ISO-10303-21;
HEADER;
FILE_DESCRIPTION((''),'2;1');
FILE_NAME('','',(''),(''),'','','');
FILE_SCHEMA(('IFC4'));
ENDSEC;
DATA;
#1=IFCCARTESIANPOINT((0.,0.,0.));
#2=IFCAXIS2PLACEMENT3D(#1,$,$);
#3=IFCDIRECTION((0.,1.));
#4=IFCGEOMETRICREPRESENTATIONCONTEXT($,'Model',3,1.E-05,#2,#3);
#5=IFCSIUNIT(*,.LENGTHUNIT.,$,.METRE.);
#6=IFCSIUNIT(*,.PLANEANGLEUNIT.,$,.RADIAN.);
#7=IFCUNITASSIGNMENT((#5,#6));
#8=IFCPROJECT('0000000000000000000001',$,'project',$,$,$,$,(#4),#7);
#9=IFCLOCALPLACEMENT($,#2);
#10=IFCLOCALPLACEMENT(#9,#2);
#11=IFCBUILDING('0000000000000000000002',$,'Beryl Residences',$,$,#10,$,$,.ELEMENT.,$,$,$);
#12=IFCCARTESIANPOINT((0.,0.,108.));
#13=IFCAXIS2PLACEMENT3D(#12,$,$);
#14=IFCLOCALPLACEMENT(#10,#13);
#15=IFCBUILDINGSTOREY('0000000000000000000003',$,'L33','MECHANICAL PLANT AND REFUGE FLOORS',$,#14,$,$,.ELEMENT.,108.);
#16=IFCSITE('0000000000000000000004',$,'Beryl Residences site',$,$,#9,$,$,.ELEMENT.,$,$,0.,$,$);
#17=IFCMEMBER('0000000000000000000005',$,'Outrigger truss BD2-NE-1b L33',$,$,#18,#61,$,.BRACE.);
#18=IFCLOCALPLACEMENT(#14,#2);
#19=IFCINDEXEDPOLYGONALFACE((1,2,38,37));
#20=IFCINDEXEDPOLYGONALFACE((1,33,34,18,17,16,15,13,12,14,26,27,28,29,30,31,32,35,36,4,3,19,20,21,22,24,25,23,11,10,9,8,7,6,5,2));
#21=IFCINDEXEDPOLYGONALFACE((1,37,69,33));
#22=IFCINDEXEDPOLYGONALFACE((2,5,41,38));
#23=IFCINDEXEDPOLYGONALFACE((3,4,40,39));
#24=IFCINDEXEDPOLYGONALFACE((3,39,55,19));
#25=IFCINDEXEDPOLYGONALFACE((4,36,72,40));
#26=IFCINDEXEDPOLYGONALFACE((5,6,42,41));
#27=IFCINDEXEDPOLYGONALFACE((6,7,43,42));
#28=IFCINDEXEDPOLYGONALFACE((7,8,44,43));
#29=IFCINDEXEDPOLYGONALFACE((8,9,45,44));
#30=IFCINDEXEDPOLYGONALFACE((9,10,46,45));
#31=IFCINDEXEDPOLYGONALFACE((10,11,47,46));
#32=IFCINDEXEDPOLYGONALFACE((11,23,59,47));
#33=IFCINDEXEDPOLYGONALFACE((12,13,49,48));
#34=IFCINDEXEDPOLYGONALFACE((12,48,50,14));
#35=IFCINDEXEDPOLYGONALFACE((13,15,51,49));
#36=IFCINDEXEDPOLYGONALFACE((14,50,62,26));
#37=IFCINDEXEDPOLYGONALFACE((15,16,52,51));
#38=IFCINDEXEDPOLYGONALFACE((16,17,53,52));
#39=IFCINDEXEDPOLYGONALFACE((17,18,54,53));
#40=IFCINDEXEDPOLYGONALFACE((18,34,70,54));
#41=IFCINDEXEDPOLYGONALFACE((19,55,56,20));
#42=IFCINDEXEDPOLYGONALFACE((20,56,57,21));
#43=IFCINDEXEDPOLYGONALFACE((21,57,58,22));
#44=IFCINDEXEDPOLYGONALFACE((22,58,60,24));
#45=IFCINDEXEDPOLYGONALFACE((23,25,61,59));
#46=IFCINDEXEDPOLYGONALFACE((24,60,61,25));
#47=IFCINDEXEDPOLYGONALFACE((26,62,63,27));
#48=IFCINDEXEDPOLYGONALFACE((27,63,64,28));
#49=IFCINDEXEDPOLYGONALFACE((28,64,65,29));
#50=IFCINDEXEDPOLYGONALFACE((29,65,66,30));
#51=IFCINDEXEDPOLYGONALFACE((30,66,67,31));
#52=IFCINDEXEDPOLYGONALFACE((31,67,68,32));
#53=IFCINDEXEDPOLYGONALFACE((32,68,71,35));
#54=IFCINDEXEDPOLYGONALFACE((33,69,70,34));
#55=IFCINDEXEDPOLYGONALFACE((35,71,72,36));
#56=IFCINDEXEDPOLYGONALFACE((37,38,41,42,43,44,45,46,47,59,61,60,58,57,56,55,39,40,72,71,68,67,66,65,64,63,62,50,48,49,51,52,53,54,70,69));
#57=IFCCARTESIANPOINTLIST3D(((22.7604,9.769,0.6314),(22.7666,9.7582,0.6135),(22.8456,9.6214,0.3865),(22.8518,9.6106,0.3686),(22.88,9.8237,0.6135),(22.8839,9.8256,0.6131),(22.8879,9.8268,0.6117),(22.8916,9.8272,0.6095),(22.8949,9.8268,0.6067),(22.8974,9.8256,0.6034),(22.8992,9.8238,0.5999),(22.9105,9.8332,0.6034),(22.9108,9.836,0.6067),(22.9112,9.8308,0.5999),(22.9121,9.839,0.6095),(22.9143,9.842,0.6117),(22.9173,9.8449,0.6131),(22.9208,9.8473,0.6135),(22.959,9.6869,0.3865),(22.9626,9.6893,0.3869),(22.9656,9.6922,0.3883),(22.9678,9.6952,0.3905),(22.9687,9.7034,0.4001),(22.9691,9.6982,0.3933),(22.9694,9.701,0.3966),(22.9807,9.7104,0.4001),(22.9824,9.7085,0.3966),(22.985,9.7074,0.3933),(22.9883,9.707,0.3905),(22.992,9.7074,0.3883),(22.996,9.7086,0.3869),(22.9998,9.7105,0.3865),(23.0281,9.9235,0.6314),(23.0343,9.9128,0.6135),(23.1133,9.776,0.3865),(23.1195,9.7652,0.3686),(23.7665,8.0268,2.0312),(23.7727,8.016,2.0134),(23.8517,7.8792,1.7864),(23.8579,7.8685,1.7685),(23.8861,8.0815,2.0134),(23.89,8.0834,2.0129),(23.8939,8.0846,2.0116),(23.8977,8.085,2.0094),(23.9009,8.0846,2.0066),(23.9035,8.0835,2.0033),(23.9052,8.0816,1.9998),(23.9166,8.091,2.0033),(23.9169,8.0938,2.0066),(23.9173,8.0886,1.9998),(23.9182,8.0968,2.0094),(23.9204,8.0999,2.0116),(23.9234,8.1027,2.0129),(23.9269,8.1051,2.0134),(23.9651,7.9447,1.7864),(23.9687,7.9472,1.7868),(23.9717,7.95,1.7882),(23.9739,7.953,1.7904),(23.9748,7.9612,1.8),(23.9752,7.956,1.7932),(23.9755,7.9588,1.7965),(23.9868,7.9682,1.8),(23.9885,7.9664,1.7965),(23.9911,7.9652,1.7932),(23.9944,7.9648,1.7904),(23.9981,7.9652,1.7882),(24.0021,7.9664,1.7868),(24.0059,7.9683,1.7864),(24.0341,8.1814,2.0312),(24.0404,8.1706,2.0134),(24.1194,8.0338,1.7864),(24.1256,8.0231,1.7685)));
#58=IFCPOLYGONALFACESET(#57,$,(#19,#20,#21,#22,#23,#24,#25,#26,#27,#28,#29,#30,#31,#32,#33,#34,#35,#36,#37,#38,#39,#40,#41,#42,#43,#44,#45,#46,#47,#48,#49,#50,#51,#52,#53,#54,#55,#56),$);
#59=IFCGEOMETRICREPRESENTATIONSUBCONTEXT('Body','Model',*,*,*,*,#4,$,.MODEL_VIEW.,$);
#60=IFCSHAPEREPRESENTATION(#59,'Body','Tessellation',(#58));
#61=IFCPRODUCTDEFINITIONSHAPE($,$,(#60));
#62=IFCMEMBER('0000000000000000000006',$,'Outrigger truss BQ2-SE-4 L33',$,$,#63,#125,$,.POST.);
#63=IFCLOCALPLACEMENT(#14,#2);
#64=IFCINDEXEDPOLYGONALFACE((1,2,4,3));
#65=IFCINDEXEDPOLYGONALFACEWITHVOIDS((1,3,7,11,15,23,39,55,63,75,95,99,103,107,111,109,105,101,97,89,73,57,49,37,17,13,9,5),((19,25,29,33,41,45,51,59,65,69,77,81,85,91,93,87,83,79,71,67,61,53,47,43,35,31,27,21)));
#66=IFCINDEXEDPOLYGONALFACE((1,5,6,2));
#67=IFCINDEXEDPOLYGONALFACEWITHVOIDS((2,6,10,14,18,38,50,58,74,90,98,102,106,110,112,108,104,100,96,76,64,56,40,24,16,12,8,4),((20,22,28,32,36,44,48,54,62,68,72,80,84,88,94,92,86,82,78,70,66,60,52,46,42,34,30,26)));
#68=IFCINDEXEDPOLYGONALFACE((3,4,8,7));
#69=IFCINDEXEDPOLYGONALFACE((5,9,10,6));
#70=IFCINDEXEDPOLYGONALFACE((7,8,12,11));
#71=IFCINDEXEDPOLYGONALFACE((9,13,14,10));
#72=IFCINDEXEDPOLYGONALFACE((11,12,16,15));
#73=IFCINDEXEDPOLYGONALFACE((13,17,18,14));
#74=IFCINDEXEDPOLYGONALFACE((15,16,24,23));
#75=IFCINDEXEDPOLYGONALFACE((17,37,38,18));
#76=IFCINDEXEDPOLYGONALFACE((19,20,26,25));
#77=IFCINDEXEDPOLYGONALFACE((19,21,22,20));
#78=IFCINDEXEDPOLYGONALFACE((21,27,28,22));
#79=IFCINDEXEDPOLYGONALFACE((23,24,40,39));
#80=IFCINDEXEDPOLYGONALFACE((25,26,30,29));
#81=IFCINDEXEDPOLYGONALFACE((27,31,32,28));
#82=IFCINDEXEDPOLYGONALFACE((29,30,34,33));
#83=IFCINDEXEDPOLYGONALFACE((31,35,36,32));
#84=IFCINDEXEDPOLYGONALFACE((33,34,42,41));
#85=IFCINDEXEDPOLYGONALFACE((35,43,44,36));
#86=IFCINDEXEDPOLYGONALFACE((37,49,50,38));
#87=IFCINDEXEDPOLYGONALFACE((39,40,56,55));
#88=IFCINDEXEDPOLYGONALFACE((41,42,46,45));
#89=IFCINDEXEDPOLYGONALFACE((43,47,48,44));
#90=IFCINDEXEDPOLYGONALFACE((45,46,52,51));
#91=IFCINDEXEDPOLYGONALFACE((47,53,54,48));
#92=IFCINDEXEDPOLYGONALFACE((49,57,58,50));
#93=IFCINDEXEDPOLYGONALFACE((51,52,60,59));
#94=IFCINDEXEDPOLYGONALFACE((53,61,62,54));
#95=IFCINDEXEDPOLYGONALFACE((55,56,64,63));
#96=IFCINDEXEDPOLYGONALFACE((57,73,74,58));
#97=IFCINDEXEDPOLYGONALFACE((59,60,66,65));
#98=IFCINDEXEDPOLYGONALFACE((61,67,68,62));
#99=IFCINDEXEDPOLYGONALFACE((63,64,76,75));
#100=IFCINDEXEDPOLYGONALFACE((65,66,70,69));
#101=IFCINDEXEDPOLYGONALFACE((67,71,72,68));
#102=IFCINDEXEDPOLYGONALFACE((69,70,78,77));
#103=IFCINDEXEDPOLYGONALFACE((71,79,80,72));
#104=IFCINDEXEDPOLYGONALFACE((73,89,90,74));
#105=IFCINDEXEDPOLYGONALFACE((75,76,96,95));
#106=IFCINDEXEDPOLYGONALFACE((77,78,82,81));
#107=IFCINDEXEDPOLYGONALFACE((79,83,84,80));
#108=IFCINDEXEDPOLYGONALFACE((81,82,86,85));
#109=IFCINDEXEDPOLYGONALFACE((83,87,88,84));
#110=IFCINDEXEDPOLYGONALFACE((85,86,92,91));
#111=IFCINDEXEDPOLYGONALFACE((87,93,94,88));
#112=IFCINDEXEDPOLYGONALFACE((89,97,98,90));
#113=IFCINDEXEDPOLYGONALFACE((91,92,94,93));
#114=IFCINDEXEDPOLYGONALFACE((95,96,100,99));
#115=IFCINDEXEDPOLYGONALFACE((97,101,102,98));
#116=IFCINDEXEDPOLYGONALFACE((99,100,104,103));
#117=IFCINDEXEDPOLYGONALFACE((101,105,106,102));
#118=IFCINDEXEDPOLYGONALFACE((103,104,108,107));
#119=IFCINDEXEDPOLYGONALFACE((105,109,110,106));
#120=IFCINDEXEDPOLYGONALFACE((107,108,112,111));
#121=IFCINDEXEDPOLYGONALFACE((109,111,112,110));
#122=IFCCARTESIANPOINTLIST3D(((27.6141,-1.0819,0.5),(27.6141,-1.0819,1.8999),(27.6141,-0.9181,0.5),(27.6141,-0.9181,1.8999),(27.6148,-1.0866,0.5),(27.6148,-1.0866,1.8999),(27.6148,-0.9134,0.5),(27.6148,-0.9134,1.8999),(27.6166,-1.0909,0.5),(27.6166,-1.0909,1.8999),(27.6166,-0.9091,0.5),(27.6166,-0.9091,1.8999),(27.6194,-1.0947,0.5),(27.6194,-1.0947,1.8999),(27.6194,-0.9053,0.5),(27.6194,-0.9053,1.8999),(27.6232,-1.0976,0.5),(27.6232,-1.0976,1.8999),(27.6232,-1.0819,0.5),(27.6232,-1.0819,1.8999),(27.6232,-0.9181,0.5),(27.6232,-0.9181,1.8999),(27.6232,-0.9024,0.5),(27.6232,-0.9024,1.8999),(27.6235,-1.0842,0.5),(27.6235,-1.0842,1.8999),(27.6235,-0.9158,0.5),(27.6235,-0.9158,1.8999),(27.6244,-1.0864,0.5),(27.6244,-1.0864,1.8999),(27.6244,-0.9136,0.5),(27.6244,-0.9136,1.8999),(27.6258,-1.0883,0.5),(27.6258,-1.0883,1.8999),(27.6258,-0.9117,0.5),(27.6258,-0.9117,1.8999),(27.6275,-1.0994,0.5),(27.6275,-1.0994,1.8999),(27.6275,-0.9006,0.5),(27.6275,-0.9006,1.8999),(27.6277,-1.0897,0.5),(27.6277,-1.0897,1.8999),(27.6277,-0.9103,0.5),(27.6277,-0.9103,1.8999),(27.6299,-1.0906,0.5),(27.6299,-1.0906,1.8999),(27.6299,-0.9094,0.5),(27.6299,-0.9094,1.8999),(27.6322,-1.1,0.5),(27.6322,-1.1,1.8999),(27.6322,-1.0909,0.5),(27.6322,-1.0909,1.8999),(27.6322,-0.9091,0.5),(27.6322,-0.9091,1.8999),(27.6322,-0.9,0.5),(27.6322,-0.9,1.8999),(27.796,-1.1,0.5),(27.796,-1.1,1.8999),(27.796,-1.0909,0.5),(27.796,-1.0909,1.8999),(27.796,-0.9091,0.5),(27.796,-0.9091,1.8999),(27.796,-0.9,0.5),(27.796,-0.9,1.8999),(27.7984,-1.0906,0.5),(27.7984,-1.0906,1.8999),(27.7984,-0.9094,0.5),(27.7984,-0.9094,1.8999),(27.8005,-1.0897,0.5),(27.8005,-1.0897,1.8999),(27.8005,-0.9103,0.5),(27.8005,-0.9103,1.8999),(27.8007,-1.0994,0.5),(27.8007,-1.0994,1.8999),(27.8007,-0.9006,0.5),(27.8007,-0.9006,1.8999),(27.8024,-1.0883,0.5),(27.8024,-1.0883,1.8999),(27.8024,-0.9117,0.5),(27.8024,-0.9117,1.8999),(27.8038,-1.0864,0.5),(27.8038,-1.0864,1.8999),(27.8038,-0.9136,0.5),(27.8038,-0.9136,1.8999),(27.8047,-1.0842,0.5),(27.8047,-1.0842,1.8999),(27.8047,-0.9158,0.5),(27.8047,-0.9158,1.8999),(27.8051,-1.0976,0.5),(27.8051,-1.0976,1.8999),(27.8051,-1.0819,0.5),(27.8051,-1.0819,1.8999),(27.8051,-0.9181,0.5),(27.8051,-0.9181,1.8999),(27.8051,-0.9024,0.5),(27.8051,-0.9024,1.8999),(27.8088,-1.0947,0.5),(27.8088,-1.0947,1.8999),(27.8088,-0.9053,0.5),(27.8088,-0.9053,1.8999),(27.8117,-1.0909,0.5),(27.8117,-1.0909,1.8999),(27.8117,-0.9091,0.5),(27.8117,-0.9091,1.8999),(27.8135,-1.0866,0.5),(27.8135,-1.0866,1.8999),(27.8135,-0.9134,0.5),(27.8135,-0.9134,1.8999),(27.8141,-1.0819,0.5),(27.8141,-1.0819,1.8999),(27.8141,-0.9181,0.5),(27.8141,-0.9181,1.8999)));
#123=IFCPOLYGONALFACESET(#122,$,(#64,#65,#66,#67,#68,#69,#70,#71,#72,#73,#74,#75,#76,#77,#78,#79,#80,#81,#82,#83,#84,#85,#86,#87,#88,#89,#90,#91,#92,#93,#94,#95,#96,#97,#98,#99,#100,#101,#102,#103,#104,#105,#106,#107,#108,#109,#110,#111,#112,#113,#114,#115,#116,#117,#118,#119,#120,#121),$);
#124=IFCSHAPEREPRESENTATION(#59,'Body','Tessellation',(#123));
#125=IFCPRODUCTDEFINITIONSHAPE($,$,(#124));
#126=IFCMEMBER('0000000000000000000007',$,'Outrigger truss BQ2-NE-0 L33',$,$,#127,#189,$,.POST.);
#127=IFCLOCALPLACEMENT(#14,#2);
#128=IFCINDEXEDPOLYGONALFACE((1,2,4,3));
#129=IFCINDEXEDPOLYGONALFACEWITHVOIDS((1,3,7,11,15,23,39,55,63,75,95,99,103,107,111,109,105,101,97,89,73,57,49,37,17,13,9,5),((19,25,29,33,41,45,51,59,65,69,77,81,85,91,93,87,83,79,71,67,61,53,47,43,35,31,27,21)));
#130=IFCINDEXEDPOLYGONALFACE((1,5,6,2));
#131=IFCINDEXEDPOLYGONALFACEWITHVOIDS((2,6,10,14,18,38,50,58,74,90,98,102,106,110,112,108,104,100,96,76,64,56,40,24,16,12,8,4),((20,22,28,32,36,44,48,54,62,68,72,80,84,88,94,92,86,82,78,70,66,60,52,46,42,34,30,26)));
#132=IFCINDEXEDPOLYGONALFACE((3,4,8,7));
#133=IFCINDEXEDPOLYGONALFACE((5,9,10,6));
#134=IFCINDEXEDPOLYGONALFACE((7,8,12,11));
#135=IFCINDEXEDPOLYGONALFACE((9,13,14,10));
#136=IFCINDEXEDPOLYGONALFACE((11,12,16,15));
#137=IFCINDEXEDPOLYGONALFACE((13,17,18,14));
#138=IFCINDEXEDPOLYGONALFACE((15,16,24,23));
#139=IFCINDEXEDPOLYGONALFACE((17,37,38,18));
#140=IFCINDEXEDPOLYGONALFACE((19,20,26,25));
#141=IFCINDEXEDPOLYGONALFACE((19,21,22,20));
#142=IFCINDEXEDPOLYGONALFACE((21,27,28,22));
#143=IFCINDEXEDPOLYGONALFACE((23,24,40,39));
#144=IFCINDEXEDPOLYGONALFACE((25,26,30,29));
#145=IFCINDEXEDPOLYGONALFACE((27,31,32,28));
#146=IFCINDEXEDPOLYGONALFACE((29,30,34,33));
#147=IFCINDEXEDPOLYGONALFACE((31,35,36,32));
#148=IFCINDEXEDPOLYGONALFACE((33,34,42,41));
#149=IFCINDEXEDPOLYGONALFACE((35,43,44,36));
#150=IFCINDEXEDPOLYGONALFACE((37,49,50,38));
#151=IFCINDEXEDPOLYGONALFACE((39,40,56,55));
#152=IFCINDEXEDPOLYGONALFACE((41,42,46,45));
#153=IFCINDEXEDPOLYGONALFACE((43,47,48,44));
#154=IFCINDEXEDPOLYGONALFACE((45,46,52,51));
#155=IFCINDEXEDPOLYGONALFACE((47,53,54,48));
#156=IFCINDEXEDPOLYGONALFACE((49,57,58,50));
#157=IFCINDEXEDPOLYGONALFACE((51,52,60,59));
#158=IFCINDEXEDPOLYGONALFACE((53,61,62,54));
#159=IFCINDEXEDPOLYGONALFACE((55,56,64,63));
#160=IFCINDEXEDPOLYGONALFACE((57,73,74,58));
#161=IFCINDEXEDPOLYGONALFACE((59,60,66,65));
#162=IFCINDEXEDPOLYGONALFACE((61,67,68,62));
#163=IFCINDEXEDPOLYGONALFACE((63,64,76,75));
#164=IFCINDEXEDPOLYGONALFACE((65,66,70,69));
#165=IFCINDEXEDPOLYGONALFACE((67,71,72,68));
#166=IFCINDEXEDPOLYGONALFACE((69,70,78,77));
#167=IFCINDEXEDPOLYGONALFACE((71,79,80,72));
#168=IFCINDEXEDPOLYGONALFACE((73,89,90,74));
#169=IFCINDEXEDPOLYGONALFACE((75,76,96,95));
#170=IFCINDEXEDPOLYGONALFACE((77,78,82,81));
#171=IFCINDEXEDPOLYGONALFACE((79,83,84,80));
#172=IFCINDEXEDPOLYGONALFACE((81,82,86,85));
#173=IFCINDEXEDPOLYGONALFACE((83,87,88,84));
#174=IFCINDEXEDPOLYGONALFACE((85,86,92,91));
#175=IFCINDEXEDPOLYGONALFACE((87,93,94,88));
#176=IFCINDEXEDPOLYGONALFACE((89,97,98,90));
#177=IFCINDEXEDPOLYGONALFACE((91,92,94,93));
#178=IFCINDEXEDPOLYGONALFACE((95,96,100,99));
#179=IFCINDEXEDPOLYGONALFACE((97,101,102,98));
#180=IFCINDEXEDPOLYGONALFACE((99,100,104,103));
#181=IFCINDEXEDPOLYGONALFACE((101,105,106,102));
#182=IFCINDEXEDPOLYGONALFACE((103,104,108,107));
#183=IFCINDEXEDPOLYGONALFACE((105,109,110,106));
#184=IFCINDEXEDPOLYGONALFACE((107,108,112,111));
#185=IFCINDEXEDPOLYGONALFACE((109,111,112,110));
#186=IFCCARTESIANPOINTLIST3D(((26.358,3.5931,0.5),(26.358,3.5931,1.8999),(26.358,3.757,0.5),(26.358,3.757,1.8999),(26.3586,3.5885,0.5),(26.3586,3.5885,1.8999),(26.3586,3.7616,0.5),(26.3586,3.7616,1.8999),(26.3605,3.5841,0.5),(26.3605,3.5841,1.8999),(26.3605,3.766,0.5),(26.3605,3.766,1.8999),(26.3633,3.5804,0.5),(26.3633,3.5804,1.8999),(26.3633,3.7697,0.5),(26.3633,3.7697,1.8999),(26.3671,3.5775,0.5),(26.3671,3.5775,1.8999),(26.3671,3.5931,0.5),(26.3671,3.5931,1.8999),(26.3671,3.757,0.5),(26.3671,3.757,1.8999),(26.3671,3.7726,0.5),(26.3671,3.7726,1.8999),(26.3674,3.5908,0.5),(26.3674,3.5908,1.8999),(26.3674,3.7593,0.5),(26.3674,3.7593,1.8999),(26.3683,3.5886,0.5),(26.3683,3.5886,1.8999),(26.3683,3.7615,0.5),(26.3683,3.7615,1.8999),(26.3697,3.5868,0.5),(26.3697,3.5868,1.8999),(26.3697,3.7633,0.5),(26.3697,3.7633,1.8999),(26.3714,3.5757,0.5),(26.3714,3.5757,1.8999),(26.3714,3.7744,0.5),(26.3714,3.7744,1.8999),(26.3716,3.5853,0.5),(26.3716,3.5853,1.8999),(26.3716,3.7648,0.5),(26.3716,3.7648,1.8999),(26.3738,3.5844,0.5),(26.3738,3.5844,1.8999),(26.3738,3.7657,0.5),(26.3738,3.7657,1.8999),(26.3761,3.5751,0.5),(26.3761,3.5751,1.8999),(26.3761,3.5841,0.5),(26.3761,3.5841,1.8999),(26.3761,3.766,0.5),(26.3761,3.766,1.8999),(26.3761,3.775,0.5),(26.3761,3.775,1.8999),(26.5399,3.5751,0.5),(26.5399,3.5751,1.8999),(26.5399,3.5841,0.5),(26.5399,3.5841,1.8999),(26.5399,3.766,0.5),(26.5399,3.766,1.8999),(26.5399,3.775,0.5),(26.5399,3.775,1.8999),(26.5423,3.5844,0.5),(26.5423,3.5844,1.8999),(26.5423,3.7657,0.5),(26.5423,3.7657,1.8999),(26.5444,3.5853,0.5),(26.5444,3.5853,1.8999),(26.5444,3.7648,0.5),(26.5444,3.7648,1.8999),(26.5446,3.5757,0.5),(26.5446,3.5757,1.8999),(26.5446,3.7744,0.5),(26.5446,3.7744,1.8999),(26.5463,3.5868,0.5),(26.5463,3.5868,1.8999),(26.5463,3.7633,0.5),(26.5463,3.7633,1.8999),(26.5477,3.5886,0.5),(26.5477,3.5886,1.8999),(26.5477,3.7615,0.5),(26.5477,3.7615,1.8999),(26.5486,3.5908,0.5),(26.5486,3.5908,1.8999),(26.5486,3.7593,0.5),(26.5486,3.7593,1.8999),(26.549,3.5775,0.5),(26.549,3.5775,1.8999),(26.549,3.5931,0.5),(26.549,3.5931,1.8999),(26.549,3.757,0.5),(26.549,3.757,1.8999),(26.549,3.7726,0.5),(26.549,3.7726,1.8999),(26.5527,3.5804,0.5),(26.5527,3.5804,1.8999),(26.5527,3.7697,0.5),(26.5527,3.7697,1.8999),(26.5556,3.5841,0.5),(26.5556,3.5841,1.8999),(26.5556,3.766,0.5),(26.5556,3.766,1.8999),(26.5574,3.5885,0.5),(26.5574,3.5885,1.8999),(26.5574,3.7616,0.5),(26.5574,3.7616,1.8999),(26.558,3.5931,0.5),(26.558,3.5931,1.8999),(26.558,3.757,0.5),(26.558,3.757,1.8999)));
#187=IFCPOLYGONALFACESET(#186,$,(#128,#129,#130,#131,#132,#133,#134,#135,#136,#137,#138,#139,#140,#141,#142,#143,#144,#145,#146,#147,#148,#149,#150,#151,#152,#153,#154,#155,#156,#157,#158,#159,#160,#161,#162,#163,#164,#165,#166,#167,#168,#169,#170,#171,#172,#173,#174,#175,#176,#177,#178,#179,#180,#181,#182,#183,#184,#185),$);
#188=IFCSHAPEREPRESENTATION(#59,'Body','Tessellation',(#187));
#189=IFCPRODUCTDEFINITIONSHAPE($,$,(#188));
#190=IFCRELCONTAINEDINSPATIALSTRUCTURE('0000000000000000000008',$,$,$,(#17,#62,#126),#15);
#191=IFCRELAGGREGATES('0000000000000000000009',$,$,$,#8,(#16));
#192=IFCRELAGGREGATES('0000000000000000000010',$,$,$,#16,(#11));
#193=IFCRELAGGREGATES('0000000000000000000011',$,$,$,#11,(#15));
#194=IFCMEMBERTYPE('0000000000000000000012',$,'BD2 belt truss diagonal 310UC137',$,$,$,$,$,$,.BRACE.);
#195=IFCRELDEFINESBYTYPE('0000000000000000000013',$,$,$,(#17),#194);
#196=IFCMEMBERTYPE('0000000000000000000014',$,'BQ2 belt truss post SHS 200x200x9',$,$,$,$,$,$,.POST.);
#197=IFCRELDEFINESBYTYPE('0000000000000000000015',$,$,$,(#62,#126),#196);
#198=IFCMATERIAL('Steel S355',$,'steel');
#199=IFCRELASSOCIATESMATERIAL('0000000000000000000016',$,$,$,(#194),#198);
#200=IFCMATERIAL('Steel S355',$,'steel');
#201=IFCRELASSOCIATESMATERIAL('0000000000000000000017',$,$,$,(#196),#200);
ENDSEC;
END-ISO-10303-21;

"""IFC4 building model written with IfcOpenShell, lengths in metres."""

from ifc_helpers import new_model, si_unit, direction, frame, origin, origin_2d, place, context, subcontext, project, spatial, hollow_rectangle, i_section, extrude, material, material_profile, profile_set, type_object, element, save


model = new_model("IFC4")

# Units and contexts
model_context = context("Model", 3, precision=1e-05, world=origin(), true_north=direction((0.0, 1.0)))
body_context = subcontext(model_context, "Body", "Model", "MODEL_VIEW")
ifc_project = project(units=[si_unit("LENGTHUNIT", "METRE"), si_unit("PLANEANGLEUNIT", "RADIAN")], contexts=[model_context])

# Site, building, storey
site_placement = place(None, origin())
site = spatial("IfcSite", under=ifc_project, at=site_placement, Name="Beryl Residences site", CompositionType="ELEMENT", RefElevation=0.0)
building_placement = place(site_placement, origin())
building = spatial("IfcBuilding", under=site, at=building_placement, Name="Beryl Residences", CompositionType="ELEMENT")
storey_placement = place(building_placement, frame((0.0, 0.0, 108.0)))
storey = spatial("IfcBuildingStorey", under=building, at=storey_placement, Name="L33", Description="MECHANICAL PLANT AND REFUGE FLOORS", CompositionType="ELEMENT", Elevation=108.0)

# Members
ifc_material_1 = material(Name="Steel S355", Category="steel")
ifc_material_profile_1 = material_profile(ifc_material_1, i_section(OverallWidth=0.3091, OverallDepth=0.3201, WebThickness=0.0139, FlangeThickness=0.0217, FilletRadius=0.0166, at=origin_2d()))
ifc_profile_set_1 = profile_set([ifc_material_profile_1], Name="Steel S355")
member_type_1 = type_object("IfcMemberType", Name="BD2 belt truss diagonal 310UC137", PredefinedType="BRACE", material=ifc_profile_set_1)
member_1_placement = place(storey_placement, frame((22.9399, 9.7671, 0.5), z_axis=(0.410494, -0.710819, 0.571166), x_axis=(0.865971, 0.500094, 0.0)))
element("IfcMember", 1, at=member_1_placement, inside=storey, type_object=member_type_1, Name="Outrigger truss BD2-NE-1b L33", PredefinedType="BRACE", context=body_context, shape_type="SweptSolid", body=[
    extrude(i_section(OverallWidth=0.3091, OverallDepth=0.3201, WebThickness=0.0139, FlangeThickness=0.0217, FilletRadius=0.0166, at=origin_2d()), origin(), (0.0, 0.0, 1.0), 2.4509),
])
ifc_material_2 = material(Name="Steel S355", Category="steel")
ifc_material_profile_2 = material_profile(ifc_material_2, hollow_rectangle(XDim=0.2, YDim=0.2, WallThickness=0.009, InnerFilletRadius=0.009, OuterFilletRadius=0.0181, at=origin_2d()))
ifc_profile_set_2 = profile_set([ifc_material_profile_2], Name="Steel S355")
member_type_2 = type_object("IfcMemberType", Name="BQ2 belt truss post SHS 200x200x9", PredefinedType="POST", material=ifc_profile_set_2)
for number, where, z_axis, x_axis, name in (
    (2, (27.7141, -1.0, 0.5), (0.0, 0.0, 1.0), (1.0, 0.0, 0.0), "Outrigger truss BQ2-SE-4 L33"),
    (3, (26.458, 3.675, 0.5), (0.0, 0.0, 1.0), (1.0, 0.0, 0.0), "Outrigger truss BQ2-NE-0 L33"),
):
    element("IfcMember", number, at=place(storey_placement, frame(where, z_axis=z_axis, x_axis=x_axis)), inside=storey, type_object=member_type_2, Name=name, PredefinedType="POST", context=body_context, shape_type="SweptSolid", body=[
        extrude(hollow_rectangle(XDim=0.2, YDim=0.2, WallThickness=0.009, InnerFilletRadius=0.009, OuterFilletRadius=0.0181, at=origin_2d()), origin(), (0.0, 0.0, 1.0), 1.3999),
    ])

save(model, "model.ifc")
